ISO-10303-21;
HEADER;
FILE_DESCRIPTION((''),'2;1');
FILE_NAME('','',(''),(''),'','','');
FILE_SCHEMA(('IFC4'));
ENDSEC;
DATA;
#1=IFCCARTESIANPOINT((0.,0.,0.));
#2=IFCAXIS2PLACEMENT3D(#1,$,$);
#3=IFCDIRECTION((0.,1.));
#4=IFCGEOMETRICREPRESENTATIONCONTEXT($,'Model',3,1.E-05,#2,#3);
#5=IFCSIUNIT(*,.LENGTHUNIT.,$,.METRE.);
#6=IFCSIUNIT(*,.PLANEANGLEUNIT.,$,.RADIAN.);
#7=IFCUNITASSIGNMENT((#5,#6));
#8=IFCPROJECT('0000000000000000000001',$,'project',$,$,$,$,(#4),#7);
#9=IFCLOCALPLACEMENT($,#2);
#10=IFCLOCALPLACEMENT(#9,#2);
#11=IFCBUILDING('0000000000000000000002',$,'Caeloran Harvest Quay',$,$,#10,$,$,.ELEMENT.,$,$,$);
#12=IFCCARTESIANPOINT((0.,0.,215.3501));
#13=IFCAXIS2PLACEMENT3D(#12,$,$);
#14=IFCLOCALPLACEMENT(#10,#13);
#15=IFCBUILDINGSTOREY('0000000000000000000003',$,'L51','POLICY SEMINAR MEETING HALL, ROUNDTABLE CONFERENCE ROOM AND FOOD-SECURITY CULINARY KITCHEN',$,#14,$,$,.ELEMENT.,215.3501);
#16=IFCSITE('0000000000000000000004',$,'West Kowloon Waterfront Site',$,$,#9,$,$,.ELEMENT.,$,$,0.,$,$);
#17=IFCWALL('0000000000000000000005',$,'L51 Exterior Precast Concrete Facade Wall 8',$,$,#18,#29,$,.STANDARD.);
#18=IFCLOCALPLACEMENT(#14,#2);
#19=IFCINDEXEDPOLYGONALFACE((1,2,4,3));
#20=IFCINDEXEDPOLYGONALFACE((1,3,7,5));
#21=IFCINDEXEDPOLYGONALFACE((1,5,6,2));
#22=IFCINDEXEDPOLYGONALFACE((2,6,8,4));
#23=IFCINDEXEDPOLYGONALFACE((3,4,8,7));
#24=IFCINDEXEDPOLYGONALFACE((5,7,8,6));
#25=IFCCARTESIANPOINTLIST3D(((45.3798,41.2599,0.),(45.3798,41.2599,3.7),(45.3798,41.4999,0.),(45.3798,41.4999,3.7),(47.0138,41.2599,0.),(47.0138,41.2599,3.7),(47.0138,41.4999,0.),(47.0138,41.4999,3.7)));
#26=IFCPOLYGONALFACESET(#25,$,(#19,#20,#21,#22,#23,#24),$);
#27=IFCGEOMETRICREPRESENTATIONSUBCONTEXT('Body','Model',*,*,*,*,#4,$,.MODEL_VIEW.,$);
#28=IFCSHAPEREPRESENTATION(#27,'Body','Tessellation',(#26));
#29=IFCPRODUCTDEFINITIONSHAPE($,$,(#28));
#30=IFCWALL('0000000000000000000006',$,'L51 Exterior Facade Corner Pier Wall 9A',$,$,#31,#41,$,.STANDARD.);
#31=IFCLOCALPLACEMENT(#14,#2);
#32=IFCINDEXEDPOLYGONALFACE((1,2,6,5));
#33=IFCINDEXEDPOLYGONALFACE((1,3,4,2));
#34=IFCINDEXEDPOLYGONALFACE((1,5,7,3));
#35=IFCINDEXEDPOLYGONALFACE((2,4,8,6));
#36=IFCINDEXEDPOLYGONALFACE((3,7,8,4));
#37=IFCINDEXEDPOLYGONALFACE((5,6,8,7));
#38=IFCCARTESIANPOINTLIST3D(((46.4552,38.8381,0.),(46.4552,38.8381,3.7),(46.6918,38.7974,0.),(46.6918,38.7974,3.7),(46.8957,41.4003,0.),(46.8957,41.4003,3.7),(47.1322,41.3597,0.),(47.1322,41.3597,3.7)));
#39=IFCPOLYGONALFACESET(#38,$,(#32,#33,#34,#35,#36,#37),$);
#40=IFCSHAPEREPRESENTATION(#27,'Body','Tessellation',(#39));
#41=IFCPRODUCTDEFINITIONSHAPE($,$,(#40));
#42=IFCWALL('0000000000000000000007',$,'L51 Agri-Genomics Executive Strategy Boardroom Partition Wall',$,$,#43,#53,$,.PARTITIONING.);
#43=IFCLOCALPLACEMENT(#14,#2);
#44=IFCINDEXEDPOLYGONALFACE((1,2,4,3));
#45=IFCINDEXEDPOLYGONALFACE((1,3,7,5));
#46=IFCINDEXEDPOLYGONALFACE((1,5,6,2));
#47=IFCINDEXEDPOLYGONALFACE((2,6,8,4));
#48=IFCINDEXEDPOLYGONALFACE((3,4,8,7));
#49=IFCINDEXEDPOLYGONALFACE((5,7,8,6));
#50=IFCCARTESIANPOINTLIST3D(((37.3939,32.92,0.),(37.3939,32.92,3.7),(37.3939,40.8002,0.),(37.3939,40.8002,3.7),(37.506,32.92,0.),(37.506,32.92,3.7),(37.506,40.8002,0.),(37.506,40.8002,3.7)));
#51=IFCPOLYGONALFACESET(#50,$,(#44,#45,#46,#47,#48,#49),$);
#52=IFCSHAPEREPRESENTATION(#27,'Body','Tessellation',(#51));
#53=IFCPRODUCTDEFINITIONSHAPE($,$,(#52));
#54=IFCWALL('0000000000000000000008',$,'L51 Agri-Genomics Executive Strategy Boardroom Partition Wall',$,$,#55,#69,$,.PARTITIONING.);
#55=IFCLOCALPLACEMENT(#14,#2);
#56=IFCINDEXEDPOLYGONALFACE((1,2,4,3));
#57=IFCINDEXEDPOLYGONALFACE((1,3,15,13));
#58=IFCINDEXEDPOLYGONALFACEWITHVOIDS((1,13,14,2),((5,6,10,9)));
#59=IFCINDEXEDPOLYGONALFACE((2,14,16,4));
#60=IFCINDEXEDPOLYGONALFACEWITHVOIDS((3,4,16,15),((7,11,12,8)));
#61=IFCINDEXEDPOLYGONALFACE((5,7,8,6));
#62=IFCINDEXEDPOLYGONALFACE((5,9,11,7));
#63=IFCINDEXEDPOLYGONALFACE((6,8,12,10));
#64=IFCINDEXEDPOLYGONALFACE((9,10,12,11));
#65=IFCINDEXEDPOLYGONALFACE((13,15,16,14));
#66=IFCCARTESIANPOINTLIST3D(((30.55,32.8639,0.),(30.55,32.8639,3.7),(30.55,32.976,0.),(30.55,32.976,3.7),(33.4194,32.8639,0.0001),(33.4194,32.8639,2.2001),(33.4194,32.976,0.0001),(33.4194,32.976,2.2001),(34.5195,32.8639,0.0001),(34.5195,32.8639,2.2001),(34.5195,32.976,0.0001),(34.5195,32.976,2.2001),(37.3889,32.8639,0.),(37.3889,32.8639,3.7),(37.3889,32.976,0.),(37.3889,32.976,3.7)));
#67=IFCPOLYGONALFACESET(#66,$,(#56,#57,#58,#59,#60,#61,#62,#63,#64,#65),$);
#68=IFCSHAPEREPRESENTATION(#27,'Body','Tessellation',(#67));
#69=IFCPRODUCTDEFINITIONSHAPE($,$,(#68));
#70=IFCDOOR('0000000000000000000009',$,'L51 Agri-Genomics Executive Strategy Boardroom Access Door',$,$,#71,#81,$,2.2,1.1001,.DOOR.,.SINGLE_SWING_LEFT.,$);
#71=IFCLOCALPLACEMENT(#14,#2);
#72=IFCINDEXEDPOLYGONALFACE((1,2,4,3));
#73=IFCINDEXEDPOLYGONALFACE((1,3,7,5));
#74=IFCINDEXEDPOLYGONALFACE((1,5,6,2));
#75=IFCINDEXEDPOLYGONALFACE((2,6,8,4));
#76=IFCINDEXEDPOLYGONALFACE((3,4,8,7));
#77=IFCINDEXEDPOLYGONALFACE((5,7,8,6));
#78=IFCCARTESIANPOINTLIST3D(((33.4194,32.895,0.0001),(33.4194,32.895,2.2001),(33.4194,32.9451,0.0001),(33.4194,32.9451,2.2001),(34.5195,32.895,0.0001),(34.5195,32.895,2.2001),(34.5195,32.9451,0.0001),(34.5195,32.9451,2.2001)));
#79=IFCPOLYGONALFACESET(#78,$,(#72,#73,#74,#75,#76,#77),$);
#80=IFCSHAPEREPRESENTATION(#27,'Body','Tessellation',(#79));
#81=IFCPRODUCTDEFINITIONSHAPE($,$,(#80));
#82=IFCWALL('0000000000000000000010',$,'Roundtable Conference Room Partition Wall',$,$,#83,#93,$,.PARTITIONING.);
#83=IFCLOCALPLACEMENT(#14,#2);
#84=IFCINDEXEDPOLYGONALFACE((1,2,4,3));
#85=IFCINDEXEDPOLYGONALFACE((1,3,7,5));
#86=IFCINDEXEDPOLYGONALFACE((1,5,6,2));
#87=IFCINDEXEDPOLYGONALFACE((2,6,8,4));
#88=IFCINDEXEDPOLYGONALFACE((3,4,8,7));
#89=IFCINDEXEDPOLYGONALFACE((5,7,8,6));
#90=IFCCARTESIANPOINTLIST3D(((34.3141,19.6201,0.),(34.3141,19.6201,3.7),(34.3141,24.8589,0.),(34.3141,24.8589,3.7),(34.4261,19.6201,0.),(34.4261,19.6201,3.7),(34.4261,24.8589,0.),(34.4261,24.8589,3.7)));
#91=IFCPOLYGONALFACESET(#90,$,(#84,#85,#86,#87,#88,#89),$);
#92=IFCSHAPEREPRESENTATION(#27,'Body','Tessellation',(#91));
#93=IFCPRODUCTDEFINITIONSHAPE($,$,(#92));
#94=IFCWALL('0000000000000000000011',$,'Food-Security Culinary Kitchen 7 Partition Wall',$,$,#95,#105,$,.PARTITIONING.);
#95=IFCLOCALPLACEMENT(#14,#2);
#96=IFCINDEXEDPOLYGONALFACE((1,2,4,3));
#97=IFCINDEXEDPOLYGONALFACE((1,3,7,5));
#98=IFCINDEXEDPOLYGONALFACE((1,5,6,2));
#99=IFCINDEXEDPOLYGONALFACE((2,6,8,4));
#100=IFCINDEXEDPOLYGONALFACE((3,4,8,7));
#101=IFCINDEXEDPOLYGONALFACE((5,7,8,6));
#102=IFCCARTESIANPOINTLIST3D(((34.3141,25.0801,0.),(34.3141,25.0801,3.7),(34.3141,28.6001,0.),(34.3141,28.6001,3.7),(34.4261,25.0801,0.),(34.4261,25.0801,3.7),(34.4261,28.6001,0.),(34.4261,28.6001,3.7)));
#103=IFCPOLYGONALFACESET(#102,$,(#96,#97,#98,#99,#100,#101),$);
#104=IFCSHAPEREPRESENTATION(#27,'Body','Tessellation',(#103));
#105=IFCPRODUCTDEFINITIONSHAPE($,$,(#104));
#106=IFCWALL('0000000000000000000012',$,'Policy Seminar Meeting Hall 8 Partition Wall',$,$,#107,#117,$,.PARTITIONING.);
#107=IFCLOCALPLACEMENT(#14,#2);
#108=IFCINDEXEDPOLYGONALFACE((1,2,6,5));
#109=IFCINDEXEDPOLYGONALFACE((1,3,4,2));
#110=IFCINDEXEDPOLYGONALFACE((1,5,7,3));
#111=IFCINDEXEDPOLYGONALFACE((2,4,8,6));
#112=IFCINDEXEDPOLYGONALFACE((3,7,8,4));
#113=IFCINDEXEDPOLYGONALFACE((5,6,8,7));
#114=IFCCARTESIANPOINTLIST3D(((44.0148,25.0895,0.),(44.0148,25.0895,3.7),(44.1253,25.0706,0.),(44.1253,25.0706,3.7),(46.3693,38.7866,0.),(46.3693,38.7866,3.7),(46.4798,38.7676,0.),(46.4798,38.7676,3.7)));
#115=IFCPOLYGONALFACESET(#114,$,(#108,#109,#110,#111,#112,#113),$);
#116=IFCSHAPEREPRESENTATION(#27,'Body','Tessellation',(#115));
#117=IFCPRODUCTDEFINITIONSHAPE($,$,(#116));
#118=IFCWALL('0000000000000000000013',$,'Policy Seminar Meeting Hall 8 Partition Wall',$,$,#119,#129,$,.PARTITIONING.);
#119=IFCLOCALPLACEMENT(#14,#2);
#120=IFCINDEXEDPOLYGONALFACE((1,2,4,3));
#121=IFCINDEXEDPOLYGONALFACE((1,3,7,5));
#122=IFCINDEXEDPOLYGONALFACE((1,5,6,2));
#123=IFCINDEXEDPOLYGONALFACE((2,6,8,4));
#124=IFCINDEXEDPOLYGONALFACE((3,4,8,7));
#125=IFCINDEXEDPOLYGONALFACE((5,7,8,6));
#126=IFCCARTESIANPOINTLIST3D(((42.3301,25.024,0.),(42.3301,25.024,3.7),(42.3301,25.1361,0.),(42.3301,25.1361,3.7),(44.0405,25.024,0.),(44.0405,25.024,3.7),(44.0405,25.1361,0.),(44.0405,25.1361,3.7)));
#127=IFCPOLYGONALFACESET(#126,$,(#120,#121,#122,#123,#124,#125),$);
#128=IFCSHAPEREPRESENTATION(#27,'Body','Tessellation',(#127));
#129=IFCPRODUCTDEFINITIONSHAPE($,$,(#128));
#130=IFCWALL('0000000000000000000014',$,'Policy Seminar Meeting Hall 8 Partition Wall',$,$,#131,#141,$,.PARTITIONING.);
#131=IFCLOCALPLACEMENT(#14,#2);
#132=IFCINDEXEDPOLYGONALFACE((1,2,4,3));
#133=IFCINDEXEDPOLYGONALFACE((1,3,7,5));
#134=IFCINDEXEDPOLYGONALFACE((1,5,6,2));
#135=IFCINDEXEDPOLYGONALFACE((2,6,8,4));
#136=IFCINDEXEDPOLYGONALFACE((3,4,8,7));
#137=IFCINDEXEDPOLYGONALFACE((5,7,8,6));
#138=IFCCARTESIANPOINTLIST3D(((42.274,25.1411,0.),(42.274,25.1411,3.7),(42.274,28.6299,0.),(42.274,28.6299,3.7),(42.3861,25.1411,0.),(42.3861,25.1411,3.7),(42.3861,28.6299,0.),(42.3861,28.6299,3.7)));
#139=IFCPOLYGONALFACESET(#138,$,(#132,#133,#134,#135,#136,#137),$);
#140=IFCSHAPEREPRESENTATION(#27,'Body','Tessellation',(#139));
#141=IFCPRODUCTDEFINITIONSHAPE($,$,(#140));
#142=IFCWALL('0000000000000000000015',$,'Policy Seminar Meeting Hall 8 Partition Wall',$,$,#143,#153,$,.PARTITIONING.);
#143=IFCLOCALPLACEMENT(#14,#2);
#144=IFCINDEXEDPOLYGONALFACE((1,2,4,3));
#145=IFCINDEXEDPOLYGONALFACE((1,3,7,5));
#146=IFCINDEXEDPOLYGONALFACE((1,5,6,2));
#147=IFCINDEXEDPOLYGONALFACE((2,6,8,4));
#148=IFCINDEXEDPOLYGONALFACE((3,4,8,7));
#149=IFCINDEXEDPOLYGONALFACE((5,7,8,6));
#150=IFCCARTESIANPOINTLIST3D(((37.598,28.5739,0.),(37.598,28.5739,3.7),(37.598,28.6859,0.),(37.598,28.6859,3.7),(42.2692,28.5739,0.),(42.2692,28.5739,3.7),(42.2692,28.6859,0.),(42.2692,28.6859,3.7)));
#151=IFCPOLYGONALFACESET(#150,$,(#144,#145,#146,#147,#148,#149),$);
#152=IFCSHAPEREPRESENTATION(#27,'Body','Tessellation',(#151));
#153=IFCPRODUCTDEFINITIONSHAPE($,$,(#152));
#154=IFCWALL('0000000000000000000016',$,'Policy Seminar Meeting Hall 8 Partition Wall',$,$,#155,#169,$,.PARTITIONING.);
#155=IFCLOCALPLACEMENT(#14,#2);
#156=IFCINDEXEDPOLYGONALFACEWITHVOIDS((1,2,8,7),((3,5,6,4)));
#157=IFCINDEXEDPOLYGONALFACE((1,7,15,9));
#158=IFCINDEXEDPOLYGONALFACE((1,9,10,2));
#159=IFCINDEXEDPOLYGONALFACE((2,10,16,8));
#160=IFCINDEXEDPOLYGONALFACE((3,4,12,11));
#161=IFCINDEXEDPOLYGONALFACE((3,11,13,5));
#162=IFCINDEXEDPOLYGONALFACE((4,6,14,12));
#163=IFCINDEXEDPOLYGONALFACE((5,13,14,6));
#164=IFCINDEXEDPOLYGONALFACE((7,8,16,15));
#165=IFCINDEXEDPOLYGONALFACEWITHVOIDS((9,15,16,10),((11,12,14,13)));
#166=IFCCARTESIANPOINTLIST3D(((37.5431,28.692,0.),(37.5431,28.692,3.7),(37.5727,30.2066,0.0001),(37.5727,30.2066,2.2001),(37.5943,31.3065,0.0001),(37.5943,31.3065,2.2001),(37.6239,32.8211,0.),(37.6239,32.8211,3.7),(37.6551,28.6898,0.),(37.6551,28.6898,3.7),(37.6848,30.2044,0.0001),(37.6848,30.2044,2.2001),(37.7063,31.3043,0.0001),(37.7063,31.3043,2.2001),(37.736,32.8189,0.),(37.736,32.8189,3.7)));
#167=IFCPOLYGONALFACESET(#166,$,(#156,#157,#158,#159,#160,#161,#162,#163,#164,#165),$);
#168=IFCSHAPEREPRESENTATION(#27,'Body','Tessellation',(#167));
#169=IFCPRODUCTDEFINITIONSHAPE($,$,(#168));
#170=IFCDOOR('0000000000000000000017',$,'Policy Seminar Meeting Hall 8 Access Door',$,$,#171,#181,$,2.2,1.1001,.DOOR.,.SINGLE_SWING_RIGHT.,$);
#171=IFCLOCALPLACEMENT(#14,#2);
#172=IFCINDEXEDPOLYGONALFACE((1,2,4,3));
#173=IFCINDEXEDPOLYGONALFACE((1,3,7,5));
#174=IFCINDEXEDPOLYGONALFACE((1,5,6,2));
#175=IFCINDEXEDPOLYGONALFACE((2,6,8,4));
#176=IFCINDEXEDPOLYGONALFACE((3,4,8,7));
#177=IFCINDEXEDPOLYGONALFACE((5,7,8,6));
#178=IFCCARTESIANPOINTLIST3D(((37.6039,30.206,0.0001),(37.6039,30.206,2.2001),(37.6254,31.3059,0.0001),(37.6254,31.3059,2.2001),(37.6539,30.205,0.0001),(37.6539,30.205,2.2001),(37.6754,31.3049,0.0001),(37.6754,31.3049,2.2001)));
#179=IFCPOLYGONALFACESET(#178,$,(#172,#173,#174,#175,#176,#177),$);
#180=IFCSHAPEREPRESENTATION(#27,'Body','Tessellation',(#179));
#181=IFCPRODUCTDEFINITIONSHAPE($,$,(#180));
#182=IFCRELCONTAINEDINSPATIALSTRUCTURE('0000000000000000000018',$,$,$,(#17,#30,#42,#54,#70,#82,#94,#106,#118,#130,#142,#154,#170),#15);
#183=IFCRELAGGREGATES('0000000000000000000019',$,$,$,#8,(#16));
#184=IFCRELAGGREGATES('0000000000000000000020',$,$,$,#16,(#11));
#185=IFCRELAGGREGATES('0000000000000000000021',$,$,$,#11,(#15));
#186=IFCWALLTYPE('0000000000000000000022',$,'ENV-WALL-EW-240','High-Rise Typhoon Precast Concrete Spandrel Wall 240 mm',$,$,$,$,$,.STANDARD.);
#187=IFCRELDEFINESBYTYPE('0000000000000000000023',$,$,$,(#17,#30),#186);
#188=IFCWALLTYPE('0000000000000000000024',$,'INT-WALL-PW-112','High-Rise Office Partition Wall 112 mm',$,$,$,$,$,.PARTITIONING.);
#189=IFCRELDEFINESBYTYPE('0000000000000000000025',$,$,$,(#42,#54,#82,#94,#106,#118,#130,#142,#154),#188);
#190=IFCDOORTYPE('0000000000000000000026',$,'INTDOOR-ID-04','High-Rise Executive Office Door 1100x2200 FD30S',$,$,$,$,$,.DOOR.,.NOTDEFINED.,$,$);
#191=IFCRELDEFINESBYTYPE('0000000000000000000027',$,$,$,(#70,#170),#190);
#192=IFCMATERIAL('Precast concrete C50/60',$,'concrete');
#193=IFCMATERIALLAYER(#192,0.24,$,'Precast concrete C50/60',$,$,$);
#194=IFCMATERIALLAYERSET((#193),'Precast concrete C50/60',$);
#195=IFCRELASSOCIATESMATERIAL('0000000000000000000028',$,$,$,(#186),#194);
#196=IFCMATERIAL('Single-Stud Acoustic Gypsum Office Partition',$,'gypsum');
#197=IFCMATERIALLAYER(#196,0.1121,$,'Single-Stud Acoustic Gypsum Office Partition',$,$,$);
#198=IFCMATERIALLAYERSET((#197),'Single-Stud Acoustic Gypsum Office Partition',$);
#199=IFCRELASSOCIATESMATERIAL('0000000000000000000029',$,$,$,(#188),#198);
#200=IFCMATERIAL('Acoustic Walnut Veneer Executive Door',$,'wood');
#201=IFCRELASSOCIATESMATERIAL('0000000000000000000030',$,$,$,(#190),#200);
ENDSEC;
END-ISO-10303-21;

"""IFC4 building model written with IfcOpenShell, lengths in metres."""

from ifc_helpers import new_model, si_unit, direction, frame, frame_2d, origin, place, context, subcontext, project, spatial, rectangle, extrude, material, layer, layer_set, type_object, element, fill, save


model = new_model("IFC4")

# Units and contexts
model_context = context("Model", 3, precision=1e-05, world=origin(), true_north=direction((0.0, 1.0)))
body_context = subcontext(model_context, "Body", "Model", "MODEL_VIEW")
ifc_project = project(units=[si_unit("LENGTHUNIT", "METRE"), si_unit("PLANEANGLEUNIT", "RADIAN")], contexts=[model_context])

# Site, building, storey
site_placement = place(None, origin())
site = spatial("IfcSite", under=ifc_project, at=site_placement, Name="West Kowloon Waterfront Site", CompositionType="ELEMENT", RefElevation=0.0)
building_placement = place(site_placement, origin())
building = spatial("IfcBuilding", under=site, at=building_placement, Name="Caeloran Harvest Quay", CompositionType="ELEMENT")
storey_placement = place(building_placement, frame((0.0, 0.0, 215.3501)))
storey = spatial("IfcBuildingStorey", under=building, at=storey_placement, Name="L51", Description="POLICY SEMINAR MEETING HALL, ROUNDTABLE CONFERENCE ROOM AND FOOD-SECURITY CULINARY KITCHEN", CompositionType="ELEMENT", Elevation=215.3501)

# Walls
ifc_material_1 = material(Name="Precast concrete C50/60", Category="concrete")
ifc_layer_1 = layer(ifc_material_1, 0.24, Name="Precast concrete C50/60")
ifc_layer_set_1 = layer_set([ifc_layer_1], Name="Precast concrete C50/60")
wall_type_1 = type_object("IfcWallType", Name="ENV-WALL-EW-240", Description="High-Rise Typhoon Precast Concrete Spandrel Wall 240 mm", PredefinedType="STANDARD", material=ifc_layer_set_1)
wall_1_placement = place(storey_placement, frame((45.3799, 41.3799, 0.0), z_axis=(0.0, 0.0, 1.0), x_axis=(1.0, 0.0, 0.0)))
element("IfcWall", 1, at=wall_1_placement, inside=storey, type_object=wall_type_1, Name="L51 Exterior Precast Concrete Facade Wall 8", PredefinedType="STANDARD", context=body_context, shape_type="SweptSolid", body=[
    extrude(rectangle(XDim=1.634, YDim=0.24, at=frame_2d((0.8169, 0.0))), origin(), (0.0, 0.0, 1.0), 3.7),
])
wall_2_placement = place(storey_placement, frame((47.0139, 41.3799, 0.0), z_axis=(0.0, 0.0, 1.0), x_axis=(-0.169407, -0.985546, 0.0)))
element("IfcWall", 2, at=wall_2_placement, inside=storey, type_object=wall_type_1, Name="L51 Exterior Facade Corner Pier Wall 9A", PredefinedType="STANDARD", context=body_context, shape_type="SweptSolid", body=[
    extrude(rectangle(XDim=2.5999, YDim=0.24, at=frame_2d((1.2998, 0.0))), origin(), (0.0, 0.0, 1.0), 3.7),
])
ifc_material_2 = material(Name="Single-Stud Acoustic Gypsum Office Partition", Category="gypsum")
ifc_layer_2 = layer(ifc_material_2, 0.1121, Name="Single-Stud Acoustic Gypsum Office Partition")
ifc_layer_set_2 = layer_set([ifc_layer_2], Name="Single-Stud Acoustic Gypsum Office Partition")
wall_type_2 = type_object("IfcWallType", Name="INT-WALL-PW-112", Description="High-Rise Office Partition Wall 112 mm", PredefinedType="PARTITIONING", material=ifc_layer_set_2)
wall_3_placement = place(storey_placement, frame((37.45, 40.8, 0.0), z_axis=(0.0, 0.0, 1.0), x_axis=(0.0, -1.0, 0.0)))
element("IfcWall", 3, at=wall_3_placement, inside=storey, type_object=wall_type_2, Name="L51 Agri-Genomics Executive Strategy Boardroom Partition Wall", PredefinedType="PARTITIONING", context=body_context, shape_type="SweptSolid", body=[
    extrude(rectangle(XDim=7.8801, YDim=0.1121, at=frame_2d((3.9399, 0.0))), origin(), (0.0, 0.0, 1.0), 3.7),
])

# Wall, opening, door
wall_4_placement = place(storey_placement, frame((37.3889, 32.9199, 0.0), z_axis=(0.0, 0.0, 1.0), x_axis=(-1.0, 0.0, 0.0)))
wall_4 = element("IfcWall", 4, at=wall_4_placement, inside=storey, type_object=wall_type_2, Name="L51 Agri-Genomics Executive Strategy Boardroom Partition Wall", PredefinedType="PARTITIONING", context=body_context, shape_type="SweptSolid", body=[
    extrude(rectangle(XDim=6.8389, YDim=0.1121, at=frame_2d((3.4194, 0.0))), origin(), (0.0, 0.0, 1.0), 3.7),
])
opening_1_placement = place(wall_4_placement, frame((2.8694, 0.0, 0.0)))
opening_1 = element("IfcOpeningElement", 5, at=opening_1_placement, cuts=wall_4, PredefinedType="OPENING", context=body_context, shape_type="SweptSolid", body=[
    extrude(rectangle(XDim=1.1001, YDim=2.2, at=frame_2d((0.55, 1.1001))), frame((0.0, 0.0659, 0.0), z_axis=(0.0, -1.0, 0.0), x_axis=(1.0, 0.0, 0.0)), (0.0, 0.0, 1.0), 0.1321),
])
ifc_material_3 = material(Name="Acoustic Walnut Veneer Executive Door", Category="wood")
door_type = type_object("IfcDoorType", Name="INTDOOR-ID-04", Description="High-Rise Executive Office Door 1100x2200 FD30S", OperationType="NOTDEFINED", PredefinedType="DOOR", material=ifc_material_3)
door_1_placement = place(opening_1_placement, origin())
door_1 = element("IfcDoor", 6, at=door_1_placement, inside=storey, type_object=door_type, Name="L51 Agri-Genomics Executive Strategy Boardroom Access Door", OperationType="SINGLE_SWING_LEFT", OverallHeight=2.2, OverallWidth=1.1001, PredefinedType="DOOR", context=body_context, shape_type="SweptSolid", body=[
    extrude(rectangle(XDim=1.1001, YDim=2.2, at=frame_2d((0.55, 1.1001))), frame((0.0, 0.0249, 0.0), z_axis=(0.0, -1.0, 0.0), x_axis=(1.0, 0.0, 0.0)), (0.0, 0.0, 1.0), 0.05),
])
fill(opening_1, door_1)

# Walls
wall_5_placement = place(storey_placement, frame((34.3701, 24.8589, 0.0), z_axis=(0.0, 0.0, 1.0), x_axis=(0.0, -1.0, 0.0)))
element("IfcWall", 7, at=wall_5_placement, inside=storey, type_object=wall_type_2, Name="Roundtable Conference Room Partition Wall", PredefinedType="PARTITIONING", context=body_context, shape_type="SweptSolid", body=[
    extrude(rectangle(XDim=5.2388, YDim=0.1121, at=frame_2d((2.6194, 0.0))), origin(), (0.0, 0.0, 1.0), 3.7),
])
wall_6_placement = place(storey_placement, frame((34.3701, 28.6001, 0.0), z_axis=(0.0, 0.0, 1.0), x_axis=(0.0, -1.0, 0.0)))
element("IfcWall", 8, at=wall_6_placement, inside=storey, type_object=wall_type_2, Name="Food-Security Culinary Kitchen 7 Partition Wall", PredefinedType="PARTITIONING", context=body_context, shape_type="SweptSolid", body=[
    extrude(rectangle(XDim=3.52, YDim=0.1121, at=frame_2d((1.76, 0.0))), origin(), (0.0, 0.0, 1.0), 3.7),
])
wall_7_placement = place(storey_placement, frame((46.4246, 38.7771, 0.0), z_axis=(0.0, 0.0, 1.0), x_axis=(-0.169413, -0.985545, 0.0)))
element("IfcWall", 9, at=wall_7_placement, inside=storey, type_object=wall_type_2, Name="Policy Seminar Meeting Hall 8 Partition Wall", PredefinedType="PARTITIONING", context=body_context, shape_type="SweptSolid", body=[
    extrude(rectangle(XDim=13.8979, YDim=0.1121, at=frame_2d((6.949, 0.0))), origin(), (0.0, 0.0, 1.0), 3.7),
])
wall_8_placement = place(storey_placement, frame((44.0405, 25.0801, 0.0), z_axis=(0.0, 0.0, 1.0), x_axis=(-1.0, 0.0, 0.0)))
element("IfcWall", 10, at=wall_8_placement, inside=storey, type_object=wall_type_2, Name="Policy Seminar Meeting Hall 8 Partition Wall", PredefinedType="PARTITIONING", context=body_context, shape_type="SweptSolid", body=[
    extrude(rectangle(XDim=1.7104, YDim=0.1121, at=frame_2d((0.8552, 0.0))), origin(), (0.0, 0.0, 1.0), 3.7),
])
wall_9_placement = place(storey_placement, frame((42.3301, 25.1411, 0.0), z_axis=(0.0, 0.0, 1.0), x_axis=(0.0, 1.0, 0.0)))
element("IfcWall", 11, at=wall_9_placement, inside=storey, type_object=wall_type_2, Name="Policy Seminar Meeting Hall 8 Partition Wall", PredefinedType="PARTITIONING", context=body_context, shape_type="SweptSolid", body=[
    extrude(rectangle(XDim=3.4888, YDim=0.1121, at=frame_2d((1.7444, 0.0))), origin(), (0.0, 0.0, 1.0), 3.7),
])
wall_10_placement = place(storey_placement, frame((42.269, 28.6299, 0.0), z_axis=(0.0, 0.0, 1.0), x_axis=(-1.0, 0.0, 0.0)))
element("IfcWall", 12, at=wall_10_placement, inside=storey, type_object=wall_type_2, Name="Policy Seminar Meeting Hall 8 Partition Wall", PredefinedType="PARTITIONING", context=body_context, shape_type="SweptSolid", body=[
    extrude(rectangle(XDim=4.6711, YDim=0.1121, at=frame_2d((2.3354, 0.0))), origin(), (0.0, 0.0, 1.0), 3.7),
])

# Wall, opening, door
wall_11_placement = place(storey_placement, frame((37.5991, 28.6909, 0.0), z_axis=(0.0, 0.0, 1.0), x_axis=(0.019567, 0.999809, 0.0)))
wall_11 = element("IfcWall", 13, at=wall_11_placement, inside=storey, type_object=wall_type_2, Name="Policy Seminar Meeting Hall 8 Partition Wall", PredefinedType="PARTITIONING", context=body_context, shape_type="SweptSolid", body=[
    extrude(rectangle(XDim=4.1299, YDim=0.1121, at=frame_2d((2.0649, 0.0))), origin(), (0.0, 0.0, 1.0), 3.7),
])
opening_2_placement = place(wall_11_placement, frame((1.5149, 0.0, 0.0)))
opening_2 = element("IfcOpeningElement", 14, at=opening_2_placement, cuts=wall_11, PredefinedType="OPENING", context=body_context, shape_type="SweptSolid", body=[
    extrude(rectangle(XDim=1.1001, YDim=2.2, at=frame_2d((0.55, 1.1001))), frame((0.0, 0.0659, 0.0), z_axis=(0.0, -1.0, 0.0), x_axis=(1.0, 0.0, 0.0)), (0.0, 0.0, 1.0), 0.1321),
])
door_2_placement = place(opening_2_placement, origin())
door_2 = element("IfcDoor", 15, at=door_2_placement, inside=storey, type_object=door_type, Name="Policy Seminar Meeting Hall 8 Access Door", OperationType="SINGLE_SWING_RIGHT", OverallHeight=2.2, OverallWidth=1.1001, PredefinedType="DOOR", context=body_context, shape_type="SweptSolid", body=[
    extrude(rectangle(XDim=1.1001, YDim=2.2, at=frame_2d((0.55, 1.1001))), frame((0.0, 0.0249, 0.0), z_axis=(0.0, -1.0, 0.0), x_axis=(1.0, 0.0, 0.0)), (0.0, 0.0, 1.0), 0.05),
])
fill(opening_2, door_2)

save(model, "model.ifc")
